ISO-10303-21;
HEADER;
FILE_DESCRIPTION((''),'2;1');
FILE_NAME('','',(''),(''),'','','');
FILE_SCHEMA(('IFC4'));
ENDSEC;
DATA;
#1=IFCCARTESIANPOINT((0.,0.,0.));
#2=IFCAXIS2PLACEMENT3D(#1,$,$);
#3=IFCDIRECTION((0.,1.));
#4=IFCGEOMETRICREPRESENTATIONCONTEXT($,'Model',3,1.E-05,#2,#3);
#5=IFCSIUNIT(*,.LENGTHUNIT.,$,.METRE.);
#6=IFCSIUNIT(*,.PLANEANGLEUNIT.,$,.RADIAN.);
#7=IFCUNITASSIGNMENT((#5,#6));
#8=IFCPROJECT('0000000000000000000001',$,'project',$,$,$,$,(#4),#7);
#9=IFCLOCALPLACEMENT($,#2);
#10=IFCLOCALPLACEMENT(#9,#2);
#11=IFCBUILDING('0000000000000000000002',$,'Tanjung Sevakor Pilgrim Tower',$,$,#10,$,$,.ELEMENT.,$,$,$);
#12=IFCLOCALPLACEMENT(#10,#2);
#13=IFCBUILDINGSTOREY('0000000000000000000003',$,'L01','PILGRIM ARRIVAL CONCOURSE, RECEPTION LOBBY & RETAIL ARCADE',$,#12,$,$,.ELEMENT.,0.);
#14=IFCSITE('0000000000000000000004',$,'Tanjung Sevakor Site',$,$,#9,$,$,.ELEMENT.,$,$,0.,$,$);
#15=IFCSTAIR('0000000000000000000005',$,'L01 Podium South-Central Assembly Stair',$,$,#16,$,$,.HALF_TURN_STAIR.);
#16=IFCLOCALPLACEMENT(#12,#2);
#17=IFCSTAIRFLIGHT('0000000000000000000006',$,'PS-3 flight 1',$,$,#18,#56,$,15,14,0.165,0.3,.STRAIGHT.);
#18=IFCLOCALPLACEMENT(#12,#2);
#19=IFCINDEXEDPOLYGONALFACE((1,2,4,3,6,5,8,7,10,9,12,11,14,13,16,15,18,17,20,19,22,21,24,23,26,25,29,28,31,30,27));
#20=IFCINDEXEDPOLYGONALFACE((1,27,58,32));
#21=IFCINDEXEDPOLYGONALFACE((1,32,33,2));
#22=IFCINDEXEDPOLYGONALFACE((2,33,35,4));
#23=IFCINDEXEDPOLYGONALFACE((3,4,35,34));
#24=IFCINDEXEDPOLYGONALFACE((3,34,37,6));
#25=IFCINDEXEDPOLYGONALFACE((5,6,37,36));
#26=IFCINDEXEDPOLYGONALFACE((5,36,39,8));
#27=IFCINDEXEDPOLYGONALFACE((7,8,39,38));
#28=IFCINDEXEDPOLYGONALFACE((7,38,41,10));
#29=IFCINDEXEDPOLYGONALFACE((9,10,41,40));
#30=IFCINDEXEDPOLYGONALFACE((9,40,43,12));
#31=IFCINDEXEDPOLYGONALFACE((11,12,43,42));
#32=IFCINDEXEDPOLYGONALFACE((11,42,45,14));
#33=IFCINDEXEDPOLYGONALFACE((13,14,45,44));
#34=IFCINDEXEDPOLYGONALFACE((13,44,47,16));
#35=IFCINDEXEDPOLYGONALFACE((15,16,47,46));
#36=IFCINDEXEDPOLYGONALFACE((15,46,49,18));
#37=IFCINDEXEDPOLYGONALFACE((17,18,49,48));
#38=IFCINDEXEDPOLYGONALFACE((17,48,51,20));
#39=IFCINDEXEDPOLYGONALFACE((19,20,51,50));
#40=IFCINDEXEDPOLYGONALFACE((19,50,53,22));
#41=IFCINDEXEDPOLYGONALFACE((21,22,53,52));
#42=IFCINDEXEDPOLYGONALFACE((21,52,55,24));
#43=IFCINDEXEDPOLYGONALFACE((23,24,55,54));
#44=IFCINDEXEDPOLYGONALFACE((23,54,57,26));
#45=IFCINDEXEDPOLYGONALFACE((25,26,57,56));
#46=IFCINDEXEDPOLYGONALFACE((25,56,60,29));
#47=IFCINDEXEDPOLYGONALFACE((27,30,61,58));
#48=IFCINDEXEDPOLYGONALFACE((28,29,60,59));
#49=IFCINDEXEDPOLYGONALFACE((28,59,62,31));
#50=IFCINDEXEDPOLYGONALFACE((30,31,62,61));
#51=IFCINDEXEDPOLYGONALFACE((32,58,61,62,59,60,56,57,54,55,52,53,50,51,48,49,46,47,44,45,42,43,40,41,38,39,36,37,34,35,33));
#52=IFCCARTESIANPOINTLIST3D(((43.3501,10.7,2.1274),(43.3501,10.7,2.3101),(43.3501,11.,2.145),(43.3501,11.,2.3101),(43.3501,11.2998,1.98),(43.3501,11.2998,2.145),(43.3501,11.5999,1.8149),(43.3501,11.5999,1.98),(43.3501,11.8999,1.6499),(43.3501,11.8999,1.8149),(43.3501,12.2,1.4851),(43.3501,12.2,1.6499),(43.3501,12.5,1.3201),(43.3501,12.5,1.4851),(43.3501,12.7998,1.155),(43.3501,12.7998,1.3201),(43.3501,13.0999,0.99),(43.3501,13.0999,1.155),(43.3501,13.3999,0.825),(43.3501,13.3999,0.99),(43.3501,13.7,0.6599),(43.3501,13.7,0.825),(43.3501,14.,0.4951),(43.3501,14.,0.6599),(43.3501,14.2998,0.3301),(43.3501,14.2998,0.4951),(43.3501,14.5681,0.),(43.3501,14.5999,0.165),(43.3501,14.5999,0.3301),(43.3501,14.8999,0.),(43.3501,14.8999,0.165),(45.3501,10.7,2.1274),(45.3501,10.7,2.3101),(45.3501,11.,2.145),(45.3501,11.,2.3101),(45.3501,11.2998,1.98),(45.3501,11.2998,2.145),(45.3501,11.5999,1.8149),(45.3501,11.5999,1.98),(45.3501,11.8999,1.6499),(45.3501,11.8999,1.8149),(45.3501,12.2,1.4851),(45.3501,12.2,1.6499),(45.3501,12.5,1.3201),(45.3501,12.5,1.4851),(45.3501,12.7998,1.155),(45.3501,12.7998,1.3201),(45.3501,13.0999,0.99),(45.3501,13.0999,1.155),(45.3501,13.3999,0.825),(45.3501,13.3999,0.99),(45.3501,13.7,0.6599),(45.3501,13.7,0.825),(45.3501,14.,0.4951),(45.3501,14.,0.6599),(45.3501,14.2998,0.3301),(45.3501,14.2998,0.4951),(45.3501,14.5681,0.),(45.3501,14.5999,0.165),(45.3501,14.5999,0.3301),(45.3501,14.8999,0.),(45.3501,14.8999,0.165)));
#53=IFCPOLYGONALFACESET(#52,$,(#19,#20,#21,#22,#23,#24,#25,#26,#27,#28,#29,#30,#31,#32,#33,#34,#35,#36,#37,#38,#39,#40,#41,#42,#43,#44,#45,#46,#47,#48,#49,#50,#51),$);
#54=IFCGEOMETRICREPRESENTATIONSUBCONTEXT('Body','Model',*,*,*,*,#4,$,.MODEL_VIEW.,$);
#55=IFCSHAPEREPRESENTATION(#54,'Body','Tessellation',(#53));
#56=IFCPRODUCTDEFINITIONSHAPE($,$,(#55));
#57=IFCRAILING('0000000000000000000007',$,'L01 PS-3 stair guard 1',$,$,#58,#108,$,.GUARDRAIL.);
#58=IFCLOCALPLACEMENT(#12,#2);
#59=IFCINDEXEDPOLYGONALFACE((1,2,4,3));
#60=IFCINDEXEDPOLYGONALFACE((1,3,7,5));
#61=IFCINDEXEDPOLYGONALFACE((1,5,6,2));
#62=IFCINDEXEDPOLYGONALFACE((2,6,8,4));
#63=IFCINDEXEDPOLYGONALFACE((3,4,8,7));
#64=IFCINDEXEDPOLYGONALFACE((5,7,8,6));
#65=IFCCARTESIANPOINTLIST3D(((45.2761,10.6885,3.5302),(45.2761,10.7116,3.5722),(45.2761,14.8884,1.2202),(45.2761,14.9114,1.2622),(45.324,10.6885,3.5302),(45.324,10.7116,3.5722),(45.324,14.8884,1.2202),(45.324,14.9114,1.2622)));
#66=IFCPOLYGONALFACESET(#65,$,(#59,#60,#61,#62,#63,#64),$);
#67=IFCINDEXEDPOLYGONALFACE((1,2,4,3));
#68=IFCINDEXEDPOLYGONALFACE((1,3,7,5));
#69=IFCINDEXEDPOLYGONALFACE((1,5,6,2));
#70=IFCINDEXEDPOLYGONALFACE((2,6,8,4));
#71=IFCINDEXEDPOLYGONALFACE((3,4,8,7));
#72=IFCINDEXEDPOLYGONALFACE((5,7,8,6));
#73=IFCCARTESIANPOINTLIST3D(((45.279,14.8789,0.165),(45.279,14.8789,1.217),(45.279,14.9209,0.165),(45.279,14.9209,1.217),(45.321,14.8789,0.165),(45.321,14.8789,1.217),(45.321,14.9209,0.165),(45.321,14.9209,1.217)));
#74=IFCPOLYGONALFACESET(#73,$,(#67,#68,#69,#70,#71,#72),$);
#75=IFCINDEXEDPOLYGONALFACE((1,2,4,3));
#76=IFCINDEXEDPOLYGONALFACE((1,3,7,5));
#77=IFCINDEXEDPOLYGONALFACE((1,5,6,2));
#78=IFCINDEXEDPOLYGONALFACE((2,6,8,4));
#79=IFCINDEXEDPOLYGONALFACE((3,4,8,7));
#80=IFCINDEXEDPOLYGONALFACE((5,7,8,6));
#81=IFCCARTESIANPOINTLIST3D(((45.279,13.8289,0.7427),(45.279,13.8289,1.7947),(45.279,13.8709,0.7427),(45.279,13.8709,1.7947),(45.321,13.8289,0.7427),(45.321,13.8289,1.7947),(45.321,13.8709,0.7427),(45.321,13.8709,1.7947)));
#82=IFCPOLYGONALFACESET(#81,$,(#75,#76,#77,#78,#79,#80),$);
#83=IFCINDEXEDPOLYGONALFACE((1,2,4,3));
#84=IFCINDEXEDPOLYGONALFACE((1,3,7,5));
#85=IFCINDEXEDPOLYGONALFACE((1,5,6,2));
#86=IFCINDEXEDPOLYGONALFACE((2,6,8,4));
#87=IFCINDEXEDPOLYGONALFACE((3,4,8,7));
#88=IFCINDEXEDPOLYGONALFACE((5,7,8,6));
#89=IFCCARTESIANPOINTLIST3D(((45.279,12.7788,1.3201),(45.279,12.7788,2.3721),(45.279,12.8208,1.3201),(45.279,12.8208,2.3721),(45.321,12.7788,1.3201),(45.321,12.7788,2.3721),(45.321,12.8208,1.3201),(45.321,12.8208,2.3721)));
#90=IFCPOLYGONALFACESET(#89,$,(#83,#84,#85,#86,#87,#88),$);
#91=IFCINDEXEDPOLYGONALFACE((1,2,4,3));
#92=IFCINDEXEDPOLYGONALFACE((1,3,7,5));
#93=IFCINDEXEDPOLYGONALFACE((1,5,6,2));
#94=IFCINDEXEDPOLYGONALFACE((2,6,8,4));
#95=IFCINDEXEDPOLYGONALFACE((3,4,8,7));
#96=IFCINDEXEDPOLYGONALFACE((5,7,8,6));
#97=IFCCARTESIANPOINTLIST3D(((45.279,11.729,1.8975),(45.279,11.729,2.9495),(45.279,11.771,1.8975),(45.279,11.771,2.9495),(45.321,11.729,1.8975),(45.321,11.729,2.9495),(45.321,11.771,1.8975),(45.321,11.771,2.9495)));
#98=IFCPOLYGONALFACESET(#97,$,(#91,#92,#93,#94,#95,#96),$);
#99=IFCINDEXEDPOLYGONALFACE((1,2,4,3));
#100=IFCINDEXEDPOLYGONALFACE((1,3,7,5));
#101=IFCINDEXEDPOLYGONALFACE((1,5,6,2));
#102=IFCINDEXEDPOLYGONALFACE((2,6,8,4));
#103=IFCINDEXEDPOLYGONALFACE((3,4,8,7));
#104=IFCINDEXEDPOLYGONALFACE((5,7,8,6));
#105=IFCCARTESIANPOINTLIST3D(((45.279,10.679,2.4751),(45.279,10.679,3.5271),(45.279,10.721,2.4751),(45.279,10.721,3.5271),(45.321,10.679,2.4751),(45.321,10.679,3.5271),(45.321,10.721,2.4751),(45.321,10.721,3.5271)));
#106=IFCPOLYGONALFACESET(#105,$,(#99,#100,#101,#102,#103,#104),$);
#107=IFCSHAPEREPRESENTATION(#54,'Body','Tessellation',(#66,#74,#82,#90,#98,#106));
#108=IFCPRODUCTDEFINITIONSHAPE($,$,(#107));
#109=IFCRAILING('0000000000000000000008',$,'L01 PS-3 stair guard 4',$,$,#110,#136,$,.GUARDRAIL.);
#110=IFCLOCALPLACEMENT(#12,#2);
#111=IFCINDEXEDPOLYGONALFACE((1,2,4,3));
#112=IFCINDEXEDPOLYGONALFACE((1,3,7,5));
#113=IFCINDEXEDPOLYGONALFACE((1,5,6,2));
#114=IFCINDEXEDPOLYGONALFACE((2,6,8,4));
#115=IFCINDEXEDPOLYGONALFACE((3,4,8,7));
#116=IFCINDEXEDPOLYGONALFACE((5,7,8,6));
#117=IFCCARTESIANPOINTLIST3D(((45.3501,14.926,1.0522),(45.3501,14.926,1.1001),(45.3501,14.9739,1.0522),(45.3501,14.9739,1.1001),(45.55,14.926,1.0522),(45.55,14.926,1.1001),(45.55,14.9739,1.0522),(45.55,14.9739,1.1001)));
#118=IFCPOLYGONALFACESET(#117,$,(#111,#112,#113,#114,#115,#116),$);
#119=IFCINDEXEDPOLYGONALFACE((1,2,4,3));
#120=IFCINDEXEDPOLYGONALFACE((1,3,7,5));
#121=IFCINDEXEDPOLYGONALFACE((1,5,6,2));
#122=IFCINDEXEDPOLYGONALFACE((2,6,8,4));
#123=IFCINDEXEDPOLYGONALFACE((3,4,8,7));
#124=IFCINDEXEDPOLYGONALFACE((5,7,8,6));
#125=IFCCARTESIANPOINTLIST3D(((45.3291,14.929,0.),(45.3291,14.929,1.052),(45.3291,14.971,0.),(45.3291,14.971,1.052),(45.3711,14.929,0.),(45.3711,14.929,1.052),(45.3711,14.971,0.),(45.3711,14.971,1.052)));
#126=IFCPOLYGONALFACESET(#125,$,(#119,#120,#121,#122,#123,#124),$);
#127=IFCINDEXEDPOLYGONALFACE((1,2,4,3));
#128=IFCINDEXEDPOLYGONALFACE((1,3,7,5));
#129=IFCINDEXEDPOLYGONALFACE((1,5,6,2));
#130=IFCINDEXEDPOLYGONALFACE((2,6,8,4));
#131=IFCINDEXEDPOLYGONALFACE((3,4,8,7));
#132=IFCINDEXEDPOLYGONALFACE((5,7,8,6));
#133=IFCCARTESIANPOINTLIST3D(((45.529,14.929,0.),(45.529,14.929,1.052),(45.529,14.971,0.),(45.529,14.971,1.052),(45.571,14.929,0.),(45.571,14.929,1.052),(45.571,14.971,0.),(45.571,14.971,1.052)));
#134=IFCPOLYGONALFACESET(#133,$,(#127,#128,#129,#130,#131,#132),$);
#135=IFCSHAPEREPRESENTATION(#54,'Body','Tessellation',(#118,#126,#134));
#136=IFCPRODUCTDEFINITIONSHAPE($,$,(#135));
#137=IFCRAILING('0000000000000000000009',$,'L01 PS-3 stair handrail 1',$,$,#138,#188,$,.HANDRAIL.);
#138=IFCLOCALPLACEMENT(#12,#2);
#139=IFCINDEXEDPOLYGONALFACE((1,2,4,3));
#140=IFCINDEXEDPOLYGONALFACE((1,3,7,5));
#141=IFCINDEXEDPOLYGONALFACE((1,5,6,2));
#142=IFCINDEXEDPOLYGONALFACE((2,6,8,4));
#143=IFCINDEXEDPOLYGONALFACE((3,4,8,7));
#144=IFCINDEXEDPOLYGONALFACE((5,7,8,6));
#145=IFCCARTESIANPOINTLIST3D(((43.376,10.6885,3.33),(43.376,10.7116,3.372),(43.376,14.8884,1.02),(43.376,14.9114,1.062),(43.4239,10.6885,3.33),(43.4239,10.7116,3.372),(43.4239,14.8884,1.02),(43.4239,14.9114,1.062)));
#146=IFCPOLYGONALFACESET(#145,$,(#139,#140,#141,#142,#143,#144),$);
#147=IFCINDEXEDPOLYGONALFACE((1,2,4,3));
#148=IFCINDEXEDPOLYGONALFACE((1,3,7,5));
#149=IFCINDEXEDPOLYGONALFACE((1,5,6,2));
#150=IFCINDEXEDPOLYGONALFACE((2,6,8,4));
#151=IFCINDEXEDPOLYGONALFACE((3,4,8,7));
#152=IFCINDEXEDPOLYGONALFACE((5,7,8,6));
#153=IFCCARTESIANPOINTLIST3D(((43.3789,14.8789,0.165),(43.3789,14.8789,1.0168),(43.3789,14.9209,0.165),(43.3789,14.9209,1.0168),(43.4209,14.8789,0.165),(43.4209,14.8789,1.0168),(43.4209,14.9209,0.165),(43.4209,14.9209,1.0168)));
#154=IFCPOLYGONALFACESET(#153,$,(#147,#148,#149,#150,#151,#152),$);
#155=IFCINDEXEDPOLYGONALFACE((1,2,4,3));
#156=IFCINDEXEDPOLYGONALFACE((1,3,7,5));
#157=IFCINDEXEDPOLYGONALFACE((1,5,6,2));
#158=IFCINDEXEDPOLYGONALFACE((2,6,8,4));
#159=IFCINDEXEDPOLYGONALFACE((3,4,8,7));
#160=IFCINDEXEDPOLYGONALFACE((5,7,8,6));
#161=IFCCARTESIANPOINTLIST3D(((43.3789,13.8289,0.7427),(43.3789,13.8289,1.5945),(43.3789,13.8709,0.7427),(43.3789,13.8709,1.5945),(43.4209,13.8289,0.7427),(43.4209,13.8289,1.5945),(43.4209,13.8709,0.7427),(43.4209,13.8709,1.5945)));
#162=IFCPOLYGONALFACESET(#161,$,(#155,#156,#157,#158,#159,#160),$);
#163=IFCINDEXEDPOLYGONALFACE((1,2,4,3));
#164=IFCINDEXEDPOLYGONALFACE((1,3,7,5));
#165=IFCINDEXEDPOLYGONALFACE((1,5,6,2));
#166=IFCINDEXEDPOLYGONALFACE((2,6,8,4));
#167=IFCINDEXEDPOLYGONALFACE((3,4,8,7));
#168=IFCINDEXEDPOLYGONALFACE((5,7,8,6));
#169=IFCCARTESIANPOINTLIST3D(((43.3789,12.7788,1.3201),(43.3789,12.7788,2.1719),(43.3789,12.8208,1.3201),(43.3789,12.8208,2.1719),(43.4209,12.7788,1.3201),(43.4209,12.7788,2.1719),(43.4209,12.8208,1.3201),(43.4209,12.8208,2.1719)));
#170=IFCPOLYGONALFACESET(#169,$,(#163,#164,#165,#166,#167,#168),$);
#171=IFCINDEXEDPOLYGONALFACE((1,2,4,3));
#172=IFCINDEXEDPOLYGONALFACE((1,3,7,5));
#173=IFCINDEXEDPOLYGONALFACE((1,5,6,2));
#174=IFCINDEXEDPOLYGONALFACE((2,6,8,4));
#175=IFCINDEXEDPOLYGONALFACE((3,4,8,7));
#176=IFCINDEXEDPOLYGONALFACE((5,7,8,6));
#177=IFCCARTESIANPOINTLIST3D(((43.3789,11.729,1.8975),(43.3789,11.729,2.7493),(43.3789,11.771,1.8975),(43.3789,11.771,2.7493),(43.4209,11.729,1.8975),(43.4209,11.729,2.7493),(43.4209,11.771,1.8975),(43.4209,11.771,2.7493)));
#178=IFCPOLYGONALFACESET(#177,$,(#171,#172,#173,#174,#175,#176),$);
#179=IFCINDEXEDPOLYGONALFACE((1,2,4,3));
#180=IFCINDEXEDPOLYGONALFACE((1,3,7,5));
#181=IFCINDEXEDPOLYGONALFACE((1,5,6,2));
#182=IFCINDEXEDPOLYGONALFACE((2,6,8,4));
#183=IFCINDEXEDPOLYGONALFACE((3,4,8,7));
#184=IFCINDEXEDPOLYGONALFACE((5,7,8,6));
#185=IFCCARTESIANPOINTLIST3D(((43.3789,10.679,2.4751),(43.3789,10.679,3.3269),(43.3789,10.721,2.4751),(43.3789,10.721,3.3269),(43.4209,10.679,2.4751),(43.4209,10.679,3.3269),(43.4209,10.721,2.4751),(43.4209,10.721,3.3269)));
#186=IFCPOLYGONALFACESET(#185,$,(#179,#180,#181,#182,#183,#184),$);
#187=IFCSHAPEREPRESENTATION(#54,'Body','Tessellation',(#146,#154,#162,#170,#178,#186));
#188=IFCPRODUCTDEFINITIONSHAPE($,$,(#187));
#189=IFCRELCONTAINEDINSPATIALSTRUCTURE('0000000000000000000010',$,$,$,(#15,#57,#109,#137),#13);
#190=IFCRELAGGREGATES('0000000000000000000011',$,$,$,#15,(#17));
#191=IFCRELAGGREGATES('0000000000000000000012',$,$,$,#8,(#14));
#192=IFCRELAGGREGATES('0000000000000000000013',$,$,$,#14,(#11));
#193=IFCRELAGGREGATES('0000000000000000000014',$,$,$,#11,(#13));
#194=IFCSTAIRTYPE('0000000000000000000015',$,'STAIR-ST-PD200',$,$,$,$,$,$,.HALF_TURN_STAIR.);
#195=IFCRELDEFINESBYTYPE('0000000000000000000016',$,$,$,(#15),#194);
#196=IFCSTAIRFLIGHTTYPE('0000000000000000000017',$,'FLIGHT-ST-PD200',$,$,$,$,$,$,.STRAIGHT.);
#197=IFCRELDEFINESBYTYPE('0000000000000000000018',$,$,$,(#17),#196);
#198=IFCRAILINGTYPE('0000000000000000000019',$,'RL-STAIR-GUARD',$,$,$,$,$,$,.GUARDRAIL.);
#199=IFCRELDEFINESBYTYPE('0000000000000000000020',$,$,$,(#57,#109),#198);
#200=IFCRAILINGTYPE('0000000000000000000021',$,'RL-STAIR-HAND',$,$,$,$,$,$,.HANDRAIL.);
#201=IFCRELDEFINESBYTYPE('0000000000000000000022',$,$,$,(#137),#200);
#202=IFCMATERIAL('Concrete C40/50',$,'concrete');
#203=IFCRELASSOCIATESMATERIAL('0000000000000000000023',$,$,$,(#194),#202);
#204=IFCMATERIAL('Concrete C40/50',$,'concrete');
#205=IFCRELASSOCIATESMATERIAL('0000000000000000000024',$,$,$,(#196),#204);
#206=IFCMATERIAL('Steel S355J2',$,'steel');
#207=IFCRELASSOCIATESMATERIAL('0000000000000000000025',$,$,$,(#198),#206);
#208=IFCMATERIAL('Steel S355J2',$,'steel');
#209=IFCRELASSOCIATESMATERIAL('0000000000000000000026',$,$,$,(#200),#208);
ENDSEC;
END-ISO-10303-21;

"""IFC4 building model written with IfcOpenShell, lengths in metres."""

from ifc_helpers import new_model, si_unit, direction, frame, origin, place, context, subcontext, project, spatial, polyline, rectangle, outline, extrude, material, type_object, element, aggregate, save


model = new_model("IFC4")

# Units and contexts
model_context = context("Model", 3, precision=1e-05, world=origin(), true_north=direction((0.0, 1.0)))
body_context = subcontext(model_context, "Body", "Model", "MODEL_VIEW")
ifc_project = project(units=[si_unit("LENGTHUNIT", "METRE"), si_unit("PLANEANGLEUNIT", "RADIAN")], contexts=[model_context])

# Site, building, storey
site_placement = place(None, origin())
site = spatial("IfcSite", under=ifc_project, at=site_placement, Name="Tanjung Sevakor Site", CompositionType="ELEMENT", RefElevation=0.0)
building_placement = place(site_placement, origin())
building = spatial("IfcBuilding", under=site, at=building_placement, Name="Tanjung Sevakor Pilgrim Tower", CompositionType="ELEMENT")
storey_placement = place(building_placement, origin())
storey = spatial("IfcBuildingStorey", under=building, at=storey_placement, Name="L01", Description="PILGRIM ARRIVAL CONCOURSE, RECEPTION LOBBY & RETAIL ARCADE", CompositionType="ELEMENT", Elevation=0.0)

# Stair, stair flight
ifc_material_1 = material(Name="Concrete C40/50", Category="concrete")
stair_type = type_object("IfcStairType", Name="STAIR-ST-PD200", PredefinedType="HALF_TURN_STAIR", material=ifc_material_1)
stair_placement = place(storey_placement, origin())
stair = element("IfcStair", 1, at=stair_placement, inside=storey, type_object=stair_type, Name="L01 Podium South-Central Assembly Stair", PredefinedType="HALF_TURN_STAIR")
ifc_material_2 = material(Name="Concrete C40/50", Category="concrete")
stair_flight_type = type_object("IfcStairFlightType", Name="FLIGHT-ST-PD200", PredefinedType="STRAIGHT", material=ifc_material_2)
stair_flight_placement = place(storey_placement, frame((44.3501, 14.8999, 0.0), z_axis=(0.0, 0.0, 1.0), x_axis=(0.0, -1.0, 0.0)))
stair_flight = element("IfcStairFlight", 2, at=stair_flight_placement, type_object=stair_flight_type, Name="PS-3 flight 1", NumberOfRisers=15, NumberOfTreads=14, PredefinedType="STRAIGHT", RiserHeight=0.165, TreadLength=0.3, context=body_context, shape_type="SweptSolid", body=[
    extrude(outline(polyline([(0.0, 0.0), (0.0, 0.165), (0.3, 0.165), (0.3, 0.3301), (0.6001, 0.3301), (0.6001, 0.4951), (0.8999, 0.4951), (0.8999, 0.6599), (1.2, 0.6599), (1.2, 0.825), (1.5, 0.825), (1.5, 0.99), (1.8, 0.99), (1.8, 1.155), (2.1001, 1.155), (2.1001, 1.3201), (2.3999, 1.3201), (2.3999, 1.4851), (2.7, 1.4851), (2.7, 1.6499), (3.0, 1.6499), (3.0, 1.8149), (3.3, 1.8149), (3.3, 1.98), (3.6001, 1.98), (3.6001, 2.145), (3.8999, 2.145), (3.8999, 2.3101), (4.2, 2.3101), (4.2, 2.4751), (4.2, 2.1274), (0.3318, 0.0), (0.0, 0.0)])), frame((0.0, 1.0, 0.0), z_axis=(0.0, -1.0, 0.0), x_axis=(1.0, 0.0, 0.0)), (0.0, 0.0, 1.0), 2.0),
])
aggregate(stair, [stair_flight])

# Railings
ifc_material_3 = material(Name="Steel S355J2", Category="steel")
railing_type_1 = type_object("IfcRailingType", Name="RL-STAIR-GUARD", PredefinedType="GUARDRAIL", material=ifc_material_3)
railing_1_placement = place(storey_placement, frame((45.3, 14.8999, 0.165)))
element("IfcRailing", 3, at=railing_1_placement, inside=storey, type_object=railing_type_1, Name="L01 PS-3 stair guard 1", PredefinedType="GUARDRAIL", context=body_context, shape_type="SweptSolid", body=[
    extrude(rectangle(XDim=0.0479, YDim=0.0479), frame((0.0, 0.0, 1.0762), z_axis=(0.0, -0.876208, 0.481932), x_axis=(1.0, 0.0, 0.0)), (0.0, 0.0, 1.0), 4.7932),
    extrude(rectangle(XDim=0.042, YDim=0.042), origin(), (0.0, 0.0, 1.0), 1.052),
    extrude(rectangle(XDim=0.042, YDim=0.042), frame((0.0, -1.05, 0.5776)), (0.0, 0.0, 1.0), 1.052),
    extrude(rectangle(XDim=0.042, YDim=0.042), frame((0.0, -2.1001, 1.155)), (0.0, 0.0, 1.0), 1.052),
    extrude(rectangle(XDim=0.042, YDim=0.042), frame((0.0, -3.1499, 1.7324)), (0.0, 0.0, 1.0), 1.052),
    extrude(rectangle(XDim=0.042, YDim=0.042), frame((0.0, -4.2, 2.3101)), (0.0, 0.0, 1.0), 1.052),
])
railing_2_placement = place(storey_placement, frame((45.3501, 14.95, 0.0)))
element("IfcRailing", 4, at=railing_2_placement, inside=storey, type_object=railing_type_1, Name="L01 PS-3 stair guard 4", PredefinedType="GUARDRAIL", context=body_context, shape_type="SweptSolid", body=[
    extrude(rectangle(XDim=0.0479, YDim=0.0479), frame((0.0, 0.0, 1.0762), z_axis=(1.0, 0.0, 0.0), x_axis=(0.0, 1.0, 0.0)), (0.0, 0.0, 1.0), 0.2),
    extrude(rectangle(XDim=0.042, YDim=0.042), origin(), (0.0, 0.0, 1.0), 1.052),
    extrude(rectangle(XDim=0.042, YDim=0.042), frame((0.2, 0.0, 0.0)), (0.0, 0.0, 1.0), 1.052),
])
ifc_material_4 = material(Name="Steel S355J2", Category="steel")
railing_type_2 = type_object("IfcRailingType", Name="RL-STAIR-HAND", PredefinedType="HANDRAIL", material=ifc_material_4)
railing_3_placement = place(storey_placement, frame((43.3999, 14.8999, 0.165)))
element("IfcRailing", 5, at=railing_3_placement, inside=storey, type_object=railing_type_2, Name="L01 PS-3 stair handrail 1", PredefinedType="HANDRAIL", context=body_context, shape_type="SweptSolid", body=[
    extrude(rectangle(XDim=0.0479, YDim=0.0479), frame((0.0, 0.0, 0.876), z_axis=(0.0, -0.876208, 0.481932), x_axis=(1.0, 0.0, 0.0)), (0.0, 0.0, 1.0), 4.7932),
    extrude(rectangle(XDim=0.042, YDim=0.042), origin(), (0.0, 0.0, 1.0), 0.8518),
    extrude(rectangle(XDim=0.042, YDim=0.042), frame((0.0, -1.05, 0.5776)), (0.0, 0.0, 1.0), 0.8518),
    extrude(rectangle(XDim=0.042, YDim=0.042), frame((0.0, -2.1001, 1.155)), (0.0, 0.0, 1.0), 0.8518),
    extrude(rectangle(XDim=0.042, YDim=0.042), frame((0.0, -3.1499, 1.7324)), (0.0, 0.0, 1.0), 0.8518),
    extrude(rectangle(XDim=0.042, YDim=0.042), frame((0.0, -4.2, 2.3101)), (0.0, 0.0, 1.0), 0.8518),
])

save(model, "model.ifc")
